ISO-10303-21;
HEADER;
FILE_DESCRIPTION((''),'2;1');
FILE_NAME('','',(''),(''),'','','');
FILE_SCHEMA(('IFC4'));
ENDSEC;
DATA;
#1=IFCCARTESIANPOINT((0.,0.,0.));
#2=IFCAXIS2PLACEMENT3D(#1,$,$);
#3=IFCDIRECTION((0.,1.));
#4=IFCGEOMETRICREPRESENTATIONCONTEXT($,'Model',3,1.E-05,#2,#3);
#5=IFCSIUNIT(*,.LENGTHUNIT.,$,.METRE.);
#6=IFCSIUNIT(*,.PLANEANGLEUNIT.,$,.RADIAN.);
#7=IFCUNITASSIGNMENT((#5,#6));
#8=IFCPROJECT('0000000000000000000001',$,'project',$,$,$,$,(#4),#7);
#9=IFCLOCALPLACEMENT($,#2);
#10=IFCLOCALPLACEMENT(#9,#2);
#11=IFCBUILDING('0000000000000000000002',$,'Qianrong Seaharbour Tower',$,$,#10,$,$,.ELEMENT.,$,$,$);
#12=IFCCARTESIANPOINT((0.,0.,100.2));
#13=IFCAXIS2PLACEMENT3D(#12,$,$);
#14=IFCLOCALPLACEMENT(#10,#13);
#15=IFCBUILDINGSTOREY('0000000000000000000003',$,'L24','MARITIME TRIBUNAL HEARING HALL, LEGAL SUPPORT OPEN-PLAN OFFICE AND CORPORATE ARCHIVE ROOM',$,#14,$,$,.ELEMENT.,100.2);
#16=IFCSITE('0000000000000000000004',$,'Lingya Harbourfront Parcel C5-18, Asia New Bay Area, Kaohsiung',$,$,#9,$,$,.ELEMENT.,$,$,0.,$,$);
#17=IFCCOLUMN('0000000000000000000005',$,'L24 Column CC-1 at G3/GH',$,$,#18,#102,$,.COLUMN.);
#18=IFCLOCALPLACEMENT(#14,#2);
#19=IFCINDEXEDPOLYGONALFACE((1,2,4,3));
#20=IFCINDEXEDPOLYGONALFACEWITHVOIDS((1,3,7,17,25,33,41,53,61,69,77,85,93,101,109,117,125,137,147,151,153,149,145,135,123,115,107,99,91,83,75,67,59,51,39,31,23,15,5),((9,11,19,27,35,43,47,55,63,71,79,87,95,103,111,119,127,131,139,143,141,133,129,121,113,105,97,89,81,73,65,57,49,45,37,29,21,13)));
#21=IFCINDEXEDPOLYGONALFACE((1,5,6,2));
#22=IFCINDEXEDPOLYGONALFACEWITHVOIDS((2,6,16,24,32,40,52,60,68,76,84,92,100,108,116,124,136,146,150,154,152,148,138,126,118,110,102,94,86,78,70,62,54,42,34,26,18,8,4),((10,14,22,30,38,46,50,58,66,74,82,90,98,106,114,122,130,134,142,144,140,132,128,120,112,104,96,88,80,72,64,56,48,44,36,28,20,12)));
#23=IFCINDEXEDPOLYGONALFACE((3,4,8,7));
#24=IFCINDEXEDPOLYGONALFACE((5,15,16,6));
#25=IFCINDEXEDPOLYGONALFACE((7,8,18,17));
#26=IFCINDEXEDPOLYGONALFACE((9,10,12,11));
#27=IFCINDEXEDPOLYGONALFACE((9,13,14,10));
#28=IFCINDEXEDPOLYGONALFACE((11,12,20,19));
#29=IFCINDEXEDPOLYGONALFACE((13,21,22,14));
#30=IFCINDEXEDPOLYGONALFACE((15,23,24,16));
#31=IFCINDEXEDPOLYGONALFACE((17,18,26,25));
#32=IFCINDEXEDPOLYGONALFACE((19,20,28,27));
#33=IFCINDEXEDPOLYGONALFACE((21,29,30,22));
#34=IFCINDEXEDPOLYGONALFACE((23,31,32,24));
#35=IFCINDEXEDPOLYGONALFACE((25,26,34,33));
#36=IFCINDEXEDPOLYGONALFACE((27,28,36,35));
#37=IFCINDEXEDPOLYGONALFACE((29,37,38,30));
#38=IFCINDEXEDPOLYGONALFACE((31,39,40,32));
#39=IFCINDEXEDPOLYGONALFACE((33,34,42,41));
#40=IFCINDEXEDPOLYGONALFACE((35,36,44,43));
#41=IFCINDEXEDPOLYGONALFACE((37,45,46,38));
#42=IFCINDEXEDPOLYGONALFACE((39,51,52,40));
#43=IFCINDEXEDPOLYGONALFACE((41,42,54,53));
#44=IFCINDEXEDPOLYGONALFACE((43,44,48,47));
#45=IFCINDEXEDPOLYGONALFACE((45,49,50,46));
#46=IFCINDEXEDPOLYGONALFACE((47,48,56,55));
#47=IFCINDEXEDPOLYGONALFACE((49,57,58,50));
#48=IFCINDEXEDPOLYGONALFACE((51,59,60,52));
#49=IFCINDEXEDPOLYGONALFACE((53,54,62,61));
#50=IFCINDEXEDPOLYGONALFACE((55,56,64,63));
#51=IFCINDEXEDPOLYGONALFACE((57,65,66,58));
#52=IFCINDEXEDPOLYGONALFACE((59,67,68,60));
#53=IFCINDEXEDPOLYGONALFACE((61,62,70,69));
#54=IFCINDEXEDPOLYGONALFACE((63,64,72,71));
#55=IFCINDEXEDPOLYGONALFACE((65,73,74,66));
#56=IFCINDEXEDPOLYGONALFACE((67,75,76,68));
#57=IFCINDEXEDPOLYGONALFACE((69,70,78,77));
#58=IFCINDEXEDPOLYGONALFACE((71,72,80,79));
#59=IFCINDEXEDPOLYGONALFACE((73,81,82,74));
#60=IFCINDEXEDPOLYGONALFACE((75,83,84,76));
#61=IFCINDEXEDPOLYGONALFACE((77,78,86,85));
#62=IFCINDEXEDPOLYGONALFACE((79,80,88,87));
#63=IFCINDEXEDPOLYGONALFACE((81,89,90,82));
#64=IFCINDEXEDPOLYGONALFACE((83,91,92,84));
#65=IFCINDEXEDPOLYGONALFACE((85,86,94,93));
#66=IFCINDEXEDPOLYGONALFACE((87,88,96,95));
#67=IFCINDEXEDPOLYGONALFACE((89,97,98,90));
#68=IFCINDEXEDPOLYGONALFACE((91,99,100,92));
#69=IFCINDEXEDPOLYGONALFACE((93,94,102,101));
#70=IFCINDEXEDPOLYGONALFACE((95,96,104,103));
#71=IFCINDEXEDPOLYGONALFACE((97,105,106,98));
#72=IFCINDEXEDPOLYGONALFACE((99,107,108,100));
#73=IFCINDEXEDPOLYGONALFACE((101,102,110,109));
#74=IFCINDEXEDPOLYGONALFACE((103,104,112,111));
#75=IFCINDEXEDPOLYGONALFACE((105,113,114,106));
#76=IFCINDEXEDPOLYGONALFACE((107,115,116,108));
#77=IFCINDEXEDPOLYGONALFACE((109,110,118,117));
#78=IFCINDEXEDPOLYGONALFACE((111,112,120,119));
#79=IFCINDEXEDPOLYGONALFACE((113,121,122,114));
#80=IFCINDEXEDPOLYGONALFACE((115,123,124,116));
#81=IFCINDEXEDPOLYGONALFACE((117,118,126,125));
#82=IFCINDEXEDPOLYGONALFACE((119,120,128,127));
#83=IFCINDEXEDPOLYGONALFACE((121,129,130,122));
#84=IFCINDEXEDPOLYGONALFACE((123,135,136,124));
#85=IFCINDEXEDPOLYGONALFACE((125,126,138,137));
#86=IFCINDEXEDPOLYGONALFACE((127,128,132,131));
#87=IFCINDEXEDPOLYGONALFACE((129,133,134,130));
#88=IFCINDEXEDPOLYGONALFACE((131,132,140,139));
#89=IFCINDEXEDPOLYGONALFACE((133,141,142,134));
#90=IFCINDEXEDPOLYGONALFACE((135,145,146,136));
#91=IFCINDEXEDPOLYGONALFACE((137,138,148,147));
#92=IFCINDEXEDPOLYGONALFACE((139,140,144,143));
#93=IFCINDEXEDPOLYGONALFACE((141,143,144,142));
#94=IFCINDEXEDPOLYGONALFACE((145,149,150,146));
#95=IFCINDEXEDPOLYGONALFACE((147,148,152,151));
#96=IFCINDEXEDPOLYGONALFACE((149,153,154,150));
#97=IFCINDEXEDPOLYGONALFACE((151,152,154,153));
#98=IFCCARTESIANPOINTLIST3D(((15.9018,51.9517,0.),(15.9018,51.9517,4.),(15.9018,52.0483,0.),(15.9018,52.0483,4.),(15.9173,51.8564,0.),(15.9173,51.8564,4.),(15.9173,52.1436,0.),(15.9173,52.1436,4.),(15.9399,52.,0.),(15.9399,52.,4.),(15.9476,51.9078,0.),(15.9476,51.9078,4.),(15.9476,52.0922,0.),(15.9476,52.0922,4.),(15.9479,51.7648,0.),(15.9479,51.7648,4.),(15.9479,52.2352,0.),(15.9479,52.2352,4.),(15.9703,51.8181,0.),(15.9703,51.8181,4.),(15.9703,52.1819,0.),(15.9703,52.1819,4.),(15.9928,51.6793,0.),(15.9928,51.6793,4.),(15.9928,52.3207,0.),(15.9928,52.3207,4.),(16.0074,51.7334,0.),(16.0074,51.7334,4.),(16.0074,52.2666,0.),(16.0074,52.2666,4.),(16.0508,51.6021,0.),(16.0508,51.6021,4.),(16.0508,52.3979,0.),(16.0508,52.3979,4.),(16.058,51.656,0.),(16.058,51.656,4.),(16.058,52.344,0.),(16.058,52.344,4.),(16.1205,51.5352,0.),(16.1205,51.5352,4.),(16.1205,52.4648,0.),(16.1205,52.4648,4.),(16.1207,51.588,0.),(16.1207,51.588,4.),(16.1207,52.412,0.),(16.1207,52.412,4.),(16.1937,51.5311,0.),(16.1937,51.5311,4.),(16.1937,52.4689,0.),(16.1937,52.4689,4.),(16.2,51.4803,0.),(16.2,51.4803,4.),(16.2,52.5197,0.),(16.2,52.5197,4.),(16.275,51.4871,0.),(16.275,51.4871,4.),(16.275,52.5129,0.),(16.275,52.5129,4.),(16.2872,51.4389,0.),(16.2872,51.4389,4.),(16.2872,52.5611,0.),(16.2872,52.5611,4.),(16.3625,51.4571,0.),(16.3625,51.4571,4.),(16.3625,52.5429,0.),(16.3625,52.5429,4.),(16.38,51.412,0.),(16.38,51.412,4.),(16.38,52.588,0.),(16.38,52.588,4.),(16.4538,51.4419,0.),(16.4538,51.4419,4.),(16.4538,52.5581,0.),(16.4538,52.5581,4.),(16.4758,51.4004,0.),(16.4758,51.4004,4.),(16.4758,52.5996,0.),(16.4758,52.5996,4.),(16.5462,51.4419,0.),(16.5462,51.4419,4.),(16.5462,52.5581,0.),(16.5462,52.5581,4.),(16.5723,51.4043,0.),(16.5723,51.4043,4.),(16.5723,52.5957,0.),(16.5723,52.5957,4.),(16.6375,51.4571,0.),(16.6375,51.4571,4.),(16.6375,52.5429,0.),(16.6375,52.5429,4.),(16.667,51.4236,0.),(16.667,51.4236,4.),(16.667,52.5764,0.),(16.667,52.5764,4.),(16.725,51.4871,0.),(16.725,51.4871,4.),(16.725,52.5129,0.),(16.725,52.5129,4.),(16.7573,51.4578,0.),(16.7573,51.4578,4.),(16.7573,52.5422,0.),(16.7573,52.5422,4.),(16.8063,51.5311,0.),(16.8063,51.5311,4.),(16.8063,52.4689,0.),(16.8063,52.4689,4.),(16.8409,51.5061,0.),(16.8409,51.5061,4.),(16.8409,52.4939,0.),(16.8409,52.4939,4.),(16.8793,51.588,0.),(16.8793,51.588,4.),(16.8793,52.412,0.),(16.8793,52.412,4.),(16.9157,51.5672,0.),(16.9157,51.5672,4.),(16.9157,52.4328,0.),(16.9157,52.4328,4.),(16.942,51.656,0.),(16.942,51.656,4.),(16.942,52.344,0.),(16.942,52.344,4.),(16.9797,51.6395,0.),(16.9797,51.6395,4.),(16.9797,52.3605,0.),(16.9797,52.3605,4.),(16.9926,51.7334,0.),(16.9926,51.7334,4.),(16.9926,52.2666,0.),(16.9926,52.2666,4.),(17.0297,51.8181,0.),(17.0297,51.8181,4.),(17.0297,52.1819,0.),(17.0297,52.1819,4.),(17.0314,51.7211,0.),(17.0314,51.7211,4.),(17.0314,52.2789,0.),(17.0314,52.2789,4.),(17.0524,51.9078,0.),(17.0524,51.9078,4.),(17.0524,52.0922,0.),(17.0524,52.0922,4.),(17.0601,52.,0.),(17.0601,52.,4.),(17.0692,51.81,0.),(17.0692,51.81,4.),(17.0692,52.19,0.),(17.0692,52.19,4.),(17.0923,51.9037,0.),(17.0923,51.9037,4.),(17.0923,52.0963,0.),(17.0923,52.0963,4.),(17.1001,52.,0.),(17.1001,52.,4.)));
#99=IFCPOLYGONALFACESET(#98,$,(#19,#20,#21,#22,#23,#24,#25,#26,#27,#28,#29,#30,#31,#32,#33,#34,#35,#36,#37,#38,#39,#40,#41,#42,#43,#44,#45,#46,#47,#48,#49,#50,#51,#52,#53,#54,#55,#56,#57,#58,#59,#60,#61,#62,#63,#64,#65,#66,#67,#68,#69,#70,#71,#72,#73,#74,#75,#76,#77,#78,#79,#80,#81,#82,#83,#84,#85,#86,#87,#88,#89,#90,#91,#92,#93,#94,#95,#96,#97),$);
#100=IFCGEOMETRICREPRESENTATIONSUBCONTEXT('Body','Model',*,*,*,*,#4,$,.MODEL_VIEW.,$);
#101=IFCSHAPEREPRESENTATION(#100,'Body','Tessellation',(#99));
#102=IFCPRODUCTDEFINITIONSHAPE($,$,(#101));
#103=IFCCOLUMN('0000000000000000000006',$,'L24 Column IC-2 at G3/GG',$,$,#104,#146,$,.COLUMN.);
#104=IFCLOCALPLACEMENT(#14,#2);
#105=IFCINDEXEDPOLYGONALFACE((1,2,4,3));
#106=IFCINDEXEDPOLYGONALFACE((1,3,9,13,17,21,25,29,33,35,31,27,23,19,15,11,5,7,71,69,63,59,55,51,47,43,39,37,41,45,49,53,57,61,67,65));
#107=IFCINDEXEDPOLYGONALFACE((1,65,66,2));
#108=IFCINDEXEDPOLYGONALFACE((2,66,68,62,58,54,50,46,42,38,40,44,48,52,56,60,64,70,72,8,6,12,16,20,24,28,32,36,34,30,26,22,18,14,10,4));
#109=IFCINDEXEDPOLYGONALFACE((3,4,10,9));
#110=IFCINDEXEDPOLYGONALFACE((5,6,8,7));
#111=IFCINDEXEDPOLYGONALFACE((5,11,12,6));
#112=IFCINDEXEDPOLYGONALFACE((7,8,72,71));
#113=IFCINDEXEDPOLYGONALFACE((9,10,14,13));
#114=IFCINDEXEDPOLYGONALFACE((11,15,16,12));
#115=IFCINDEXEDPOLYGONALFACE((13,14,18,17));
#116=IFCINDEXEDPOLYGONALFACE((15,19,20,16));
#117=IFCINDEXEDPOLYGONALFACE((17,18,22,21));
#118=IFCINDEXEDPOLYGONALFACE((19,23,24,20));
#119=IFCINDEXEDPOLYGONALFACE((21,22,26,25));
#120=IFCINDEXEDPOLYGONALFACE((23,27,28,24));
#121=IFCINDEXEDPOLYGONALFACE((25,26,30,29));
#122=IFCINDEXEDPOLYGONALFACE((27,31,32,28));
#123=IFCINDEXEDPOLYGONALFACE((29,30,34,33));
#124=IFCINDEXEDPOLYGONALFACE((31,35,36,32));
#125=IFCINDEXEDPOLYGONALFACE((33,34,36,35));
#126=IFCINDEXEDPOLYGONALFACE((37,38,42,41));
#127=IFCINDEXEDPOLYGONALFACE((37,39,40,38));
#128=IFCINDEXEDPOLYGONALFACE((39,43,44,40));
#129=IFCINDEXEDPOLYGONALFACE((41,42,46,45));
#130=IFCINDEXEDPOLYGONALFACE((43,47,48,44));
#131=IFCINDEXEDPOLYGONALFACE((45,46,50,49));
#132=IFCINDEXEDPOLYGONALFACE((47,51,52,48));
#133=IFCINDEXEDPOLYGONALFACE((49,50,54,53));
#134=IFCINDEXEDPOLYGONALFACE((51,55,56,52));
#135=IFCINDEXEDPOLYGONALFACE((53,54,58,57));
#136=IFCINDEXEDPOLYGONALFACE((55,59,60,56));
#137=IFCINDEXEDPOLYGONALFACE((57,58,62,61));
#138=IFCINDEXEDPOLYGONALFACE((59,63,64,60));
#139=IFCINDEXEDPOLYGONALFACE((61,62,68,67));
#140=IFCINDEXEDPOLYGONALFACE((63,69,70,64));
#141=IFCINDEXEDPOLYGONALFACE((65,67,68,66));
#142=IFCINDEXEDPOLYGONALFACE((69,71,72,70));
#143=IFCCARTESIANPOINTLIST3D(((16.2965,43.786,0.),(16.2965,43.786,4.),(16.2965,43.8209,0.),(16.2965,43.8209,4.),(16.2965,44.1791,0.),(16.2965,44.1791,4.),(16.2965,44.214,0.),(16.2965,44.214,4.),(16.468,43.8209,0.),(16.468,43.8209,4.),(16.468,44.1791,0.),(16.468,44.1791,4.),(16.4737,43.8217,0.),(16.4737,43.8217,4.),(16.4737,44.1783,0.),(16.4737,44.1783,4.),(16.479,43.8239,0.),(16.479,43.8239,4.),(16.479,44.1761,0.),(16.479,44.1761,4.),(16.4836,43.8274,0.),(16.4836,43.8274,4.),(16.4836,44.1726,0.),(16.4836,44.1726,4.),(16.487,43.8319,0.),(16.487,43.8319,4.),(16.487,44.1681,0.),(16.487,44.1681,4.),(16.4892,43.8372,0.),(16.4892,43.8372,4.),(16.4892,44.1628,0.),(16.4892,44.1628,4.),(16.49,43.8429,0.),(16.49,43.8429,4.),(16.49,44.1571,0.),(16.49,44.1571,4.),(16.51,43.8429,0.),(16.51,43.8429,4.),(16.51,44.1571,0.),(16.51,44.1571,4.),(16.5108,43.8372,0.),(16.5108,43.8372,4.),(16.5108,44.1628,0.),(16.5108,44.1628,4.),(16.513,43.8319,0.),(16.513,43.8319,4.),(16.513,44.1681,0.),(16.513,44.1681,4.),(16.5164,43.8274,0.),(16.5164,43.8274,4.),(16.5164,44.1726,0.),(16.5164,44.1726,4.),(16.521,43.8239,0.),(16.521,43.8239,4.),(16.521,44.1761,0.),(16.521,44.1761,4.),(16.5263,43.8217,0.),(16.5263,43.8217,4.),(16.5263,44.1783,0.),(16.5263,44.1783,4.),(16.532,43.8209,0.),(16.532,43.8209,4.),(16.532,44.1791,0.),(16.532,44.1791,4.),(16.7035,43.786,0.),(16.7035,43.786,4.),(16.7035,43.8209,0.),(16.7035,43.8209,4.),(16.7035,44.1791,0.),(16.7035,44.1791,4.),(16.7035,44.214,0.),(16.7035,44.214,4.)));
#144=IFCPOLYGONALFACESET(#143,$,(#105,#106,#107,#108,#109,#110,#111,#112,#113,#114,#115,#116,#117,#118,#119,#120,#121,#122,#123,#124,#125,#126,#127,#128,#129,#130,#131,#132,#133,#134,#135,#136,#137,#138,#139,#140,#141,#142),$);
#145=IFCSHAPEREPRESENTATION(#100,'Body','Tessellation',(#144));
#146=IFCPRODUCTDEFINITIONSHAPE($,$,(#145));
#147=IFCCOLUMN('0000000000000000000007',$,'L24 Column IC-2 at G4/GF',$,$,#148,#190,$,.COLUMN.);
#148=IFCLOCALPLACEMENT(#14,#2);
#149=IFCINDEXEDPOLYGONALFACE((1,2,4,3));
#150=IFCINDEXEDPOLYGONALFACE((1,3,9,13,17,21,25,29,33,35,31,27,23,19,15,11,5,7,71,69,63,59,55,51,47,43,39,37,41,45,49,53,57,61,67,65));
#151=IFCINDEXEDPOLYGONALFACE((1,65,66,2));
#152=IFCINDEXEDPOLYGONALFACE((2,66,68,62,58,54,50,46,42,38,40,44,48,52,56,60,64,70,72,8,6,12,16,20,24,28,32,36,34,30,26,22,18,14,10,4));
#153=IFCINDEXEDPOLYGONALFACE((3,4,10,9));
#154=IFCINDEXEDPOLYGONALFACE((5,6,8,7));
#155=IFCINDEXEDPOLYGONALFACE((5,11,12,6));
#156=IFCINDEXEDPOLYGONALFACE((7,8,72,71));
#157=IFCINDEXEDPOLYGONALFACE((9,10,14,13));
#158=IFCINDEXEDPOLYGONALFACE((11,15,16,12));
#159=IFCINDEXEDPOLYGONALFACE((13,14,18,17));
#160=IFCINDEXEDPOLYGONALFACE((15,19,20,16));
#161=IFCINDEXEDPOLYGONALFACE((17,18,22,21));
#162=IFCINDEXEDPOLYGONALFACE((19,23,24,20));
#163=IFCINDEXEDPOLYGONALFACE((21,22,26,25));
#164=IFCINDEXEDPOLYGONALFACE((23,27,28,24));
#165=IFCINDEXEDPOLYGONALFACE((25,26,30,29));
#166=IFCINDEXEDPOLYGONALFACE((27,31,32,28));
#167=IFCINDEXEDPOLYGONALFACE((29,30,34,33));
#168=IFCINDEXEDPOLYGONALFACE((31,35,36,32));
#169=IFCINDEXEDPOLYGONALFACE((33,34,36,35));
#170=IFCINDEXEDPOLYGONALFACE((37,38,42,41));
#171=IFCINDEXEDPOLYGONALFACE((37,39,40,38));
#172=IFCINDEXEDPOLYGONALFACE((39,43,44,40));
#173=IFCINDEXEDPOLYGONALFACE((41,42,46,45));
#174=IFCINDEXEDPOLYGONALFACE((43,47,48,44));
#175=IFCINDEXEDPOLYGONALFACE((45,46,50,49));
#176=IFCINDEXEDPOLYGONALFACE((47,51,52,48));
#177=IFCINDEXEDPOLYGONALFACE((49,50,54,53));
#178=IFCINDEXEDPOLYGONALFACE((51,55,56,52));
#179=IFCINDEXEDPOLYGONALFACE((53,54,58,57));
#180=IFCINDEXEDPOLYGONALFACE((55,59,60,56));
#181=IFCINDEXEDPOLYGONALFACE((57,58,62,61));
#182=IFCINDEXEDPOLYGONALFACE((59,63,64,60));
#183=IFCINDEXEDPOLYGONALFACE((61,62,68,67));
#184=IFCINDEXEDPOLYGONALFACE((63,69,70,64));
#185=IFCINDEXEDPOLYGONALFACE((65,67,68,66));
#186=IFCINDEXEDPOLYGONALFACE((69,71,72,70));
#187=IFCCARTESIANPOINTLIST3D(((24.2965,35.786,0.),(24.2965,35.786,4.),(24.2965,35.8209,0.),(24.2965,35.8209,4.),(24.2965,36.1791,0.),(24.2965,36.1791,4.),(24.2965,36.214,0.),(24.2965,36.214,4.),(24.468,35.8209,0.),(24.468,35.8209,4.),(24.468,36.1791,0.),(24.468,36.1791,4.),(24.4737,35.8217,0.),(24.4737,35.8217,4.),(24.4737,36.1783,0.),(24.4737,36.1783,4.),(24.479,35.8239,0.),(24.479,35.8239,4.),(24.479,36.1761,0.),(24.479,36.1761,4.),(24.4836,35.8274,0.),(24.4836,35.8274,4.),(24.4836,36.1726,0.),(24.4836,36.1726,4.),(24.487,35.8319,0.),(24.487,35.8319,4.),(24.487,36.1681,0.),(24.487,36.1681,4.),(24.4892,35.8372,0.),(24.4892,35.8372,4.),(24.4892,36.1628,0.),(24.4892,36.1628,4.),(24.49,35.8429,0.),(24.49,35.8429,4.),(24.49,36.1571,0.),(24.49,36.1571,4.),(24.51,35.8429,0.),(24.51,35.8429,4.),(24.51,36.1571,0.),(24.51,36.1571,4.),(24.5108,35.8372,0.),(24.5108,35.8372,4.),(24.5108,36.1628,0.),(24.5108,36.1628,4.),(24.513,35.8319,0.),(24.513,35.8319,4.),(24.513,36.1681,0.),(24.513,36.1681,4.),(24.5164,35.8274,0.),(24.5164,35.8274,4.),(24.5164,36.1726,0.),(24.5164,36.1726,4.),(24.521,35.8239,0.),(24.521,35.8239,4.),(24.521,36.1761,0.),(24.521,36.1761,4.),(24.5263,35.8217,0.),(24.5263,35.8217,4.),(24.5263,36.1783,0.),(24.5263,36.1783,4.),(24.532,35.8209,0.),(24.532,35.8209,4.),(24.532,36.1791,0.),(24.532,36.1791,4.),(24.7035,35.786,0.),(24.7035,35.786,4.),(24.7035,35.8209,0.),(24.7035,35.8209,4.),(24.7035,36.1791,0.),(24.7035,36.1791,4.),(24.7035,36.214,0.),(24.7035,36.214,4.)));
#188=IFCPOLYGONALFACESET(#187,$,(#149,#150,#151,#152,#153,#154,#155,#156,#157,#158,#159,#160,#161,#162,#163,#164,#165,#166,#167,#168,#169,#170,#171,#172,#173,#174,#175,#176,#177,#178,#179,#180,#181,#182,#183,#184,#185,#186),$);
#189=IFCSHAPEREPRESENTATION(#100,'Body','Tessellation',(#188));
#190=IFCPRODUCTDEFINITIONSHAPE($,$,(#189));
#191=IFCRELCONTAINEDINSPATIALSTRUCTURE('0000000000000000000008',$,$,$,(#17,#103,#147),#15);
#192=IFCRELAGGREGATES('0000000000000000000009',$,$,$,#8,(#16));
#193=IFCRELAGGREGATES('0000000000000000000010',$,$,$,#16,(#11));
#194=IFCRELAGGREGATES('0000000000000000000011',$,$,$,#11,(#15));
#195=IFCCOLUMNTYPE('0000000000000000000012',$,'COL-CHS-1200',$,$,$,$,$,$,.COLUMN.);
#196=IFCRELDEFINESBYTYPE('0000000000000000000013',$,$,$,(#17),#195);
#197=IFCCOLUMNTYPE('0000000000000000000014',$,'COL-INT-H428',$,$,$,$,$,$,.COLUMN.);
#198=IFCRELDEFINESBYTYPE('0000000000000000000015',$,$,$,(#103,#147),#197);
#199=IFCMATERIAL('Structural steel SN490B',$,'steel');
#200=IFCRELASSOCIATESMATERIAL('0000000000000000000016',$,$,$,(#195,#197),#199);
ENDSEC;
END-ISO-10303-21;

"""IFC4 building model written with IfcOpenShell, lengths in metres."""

from ifc_helpers import new_model, si_unit, direction, frame, origin, origin_2d, place, context, subcontext, project, spatial, hollow_circle, i_section, extrude, material, material_profile, profile_set, type_object, element, save


model = new_model("IFC4")

# Units and contexts
model_context = context("Model", 3, precision=1e-05, world=origin(), true_north=direction((0.0, 1.0)))
body_context = subcontext(model_context, "Body", "Model", "MODEL_VIEW")
ifc_project = project(units=[si_unit("LENGTHUNIT", "METRE"), si_unit("PLANEANGLEUNIT", "RADIAN")], contexts=[model_context])

# Site, building, storey
site_placement = place(None, origin())
site = spatial("IfcSite", under=ifc_project, at=site_placement, Name="Lingya Harbourfront Parcel C5-18, Asia New Bay Area, Kaohsiung", CompositionType="ELEMENT", RefElevation=0.0)
building_placement = place(site_placement, origin())
building = spatial("IfcBuilding", under=site, at=building_placement, Name="Qianrong Seaharbour Tower", CompositionType="ELEMENT")
storey_placement = place(building_placement, frame((0.0, 0.0, 100.2)))
storey = spatial("IfcBuildingStorey", under=building, at=storey_placement, Name="L24", Description="MARITIME TRIBUNAL HEARING HALL, LEGAL SUPPORT OPEN-PLAN OFFICE AND CORPORATE ARCHIVE ROOM", CompositionType="ELEMENT", Elevation=100.2)

# Columns
ifc_material_1 = material(Name="Structural steel SN490B", Category="steel")
ifc_material_profile_1 = material_profile(ifc_material_1, hollow_circle(Radius=0.6001, WallThickness=0.04, at=origin_2d()), Name="CHS1200x40")
ifc_profile_set_1 = profile_set([ifc_material_profile_1], Name="Structural steel SN490B")
column_type_1 = type_object("IfcColumnType", Name="COL-CHS-1200", PredefinedType="COLUMN", material=ifc_profile_set_1)
column_placement = place(storey_placement, frame((16.5, 52.0, 0.0), z_axis=(0.0, 0.0, 1.0), x_axis=(1.0, 0.0, 0.0)))
element("IfcColumn", 1, at=column_placement, inside=storey, type_object=column_type_1, Name="L24 Column CC-1 at G3/GH", PredefinedType="COLUMN", context=body_context, shape_type="SweptSolid", body=[
    extrude(hollow_circle(Radius=0.6001, WallThickness=0.04, at=origin_2d()), origin(), (0.0, 0.0, 1.0), 4.0),
])
ifc_material_profile_2 = material_profile(ifc_material_1, i_section(OverallWidth=0.407, OverallDepth=0.428, WebThickness=0.02, FlangeThickness=0.0349, FilletRadius=0.022, at=origin_2d()), Name="H428x407x20x35")
ifc_profile_set_2 = profile_set([ifc_material_profile_2], Name="Structural steel SN490B")
column_type_2 = type_object("IfcColumnType", Name="COL-INT-H428", PredefinedType="COLUMN", material=ifc_profile_set_2)
for number, where, z_axis, x_axis, name in (
    (2, (16.5, 44.0, 0.0), (0.0, 0.0, 1.0), (1.0, 0.0, 0.0), "L24 Column IC-2 at G3/GG"),
    (3, (24.5, 36.0, 0.0), (0.0, 0.0, 1.0), (1.0, 0.0, 0.0), "L24 Column IC-2 at G4/GF"),
):
    element("IfcColumn", number, at=place(storey_placement, frame(where, z_axis=z_axis, x_axis=x_axis)), inside=storey, type_object=column_type_2, Name=name, PredefinedType="COLUMN", context=body_context, shape_type="SweptSolid", body=[
        extrude(i_section(OverallWidth=0.407, OverallDepth=0.428, WebThickness=0.02, FlangeThickness=0.0349, FilletRadius=0.022, at=origin_2d()), origin(), (0.0, 0.0, 1.0), 4.0),
    ])

save(model, "model.ifc")
